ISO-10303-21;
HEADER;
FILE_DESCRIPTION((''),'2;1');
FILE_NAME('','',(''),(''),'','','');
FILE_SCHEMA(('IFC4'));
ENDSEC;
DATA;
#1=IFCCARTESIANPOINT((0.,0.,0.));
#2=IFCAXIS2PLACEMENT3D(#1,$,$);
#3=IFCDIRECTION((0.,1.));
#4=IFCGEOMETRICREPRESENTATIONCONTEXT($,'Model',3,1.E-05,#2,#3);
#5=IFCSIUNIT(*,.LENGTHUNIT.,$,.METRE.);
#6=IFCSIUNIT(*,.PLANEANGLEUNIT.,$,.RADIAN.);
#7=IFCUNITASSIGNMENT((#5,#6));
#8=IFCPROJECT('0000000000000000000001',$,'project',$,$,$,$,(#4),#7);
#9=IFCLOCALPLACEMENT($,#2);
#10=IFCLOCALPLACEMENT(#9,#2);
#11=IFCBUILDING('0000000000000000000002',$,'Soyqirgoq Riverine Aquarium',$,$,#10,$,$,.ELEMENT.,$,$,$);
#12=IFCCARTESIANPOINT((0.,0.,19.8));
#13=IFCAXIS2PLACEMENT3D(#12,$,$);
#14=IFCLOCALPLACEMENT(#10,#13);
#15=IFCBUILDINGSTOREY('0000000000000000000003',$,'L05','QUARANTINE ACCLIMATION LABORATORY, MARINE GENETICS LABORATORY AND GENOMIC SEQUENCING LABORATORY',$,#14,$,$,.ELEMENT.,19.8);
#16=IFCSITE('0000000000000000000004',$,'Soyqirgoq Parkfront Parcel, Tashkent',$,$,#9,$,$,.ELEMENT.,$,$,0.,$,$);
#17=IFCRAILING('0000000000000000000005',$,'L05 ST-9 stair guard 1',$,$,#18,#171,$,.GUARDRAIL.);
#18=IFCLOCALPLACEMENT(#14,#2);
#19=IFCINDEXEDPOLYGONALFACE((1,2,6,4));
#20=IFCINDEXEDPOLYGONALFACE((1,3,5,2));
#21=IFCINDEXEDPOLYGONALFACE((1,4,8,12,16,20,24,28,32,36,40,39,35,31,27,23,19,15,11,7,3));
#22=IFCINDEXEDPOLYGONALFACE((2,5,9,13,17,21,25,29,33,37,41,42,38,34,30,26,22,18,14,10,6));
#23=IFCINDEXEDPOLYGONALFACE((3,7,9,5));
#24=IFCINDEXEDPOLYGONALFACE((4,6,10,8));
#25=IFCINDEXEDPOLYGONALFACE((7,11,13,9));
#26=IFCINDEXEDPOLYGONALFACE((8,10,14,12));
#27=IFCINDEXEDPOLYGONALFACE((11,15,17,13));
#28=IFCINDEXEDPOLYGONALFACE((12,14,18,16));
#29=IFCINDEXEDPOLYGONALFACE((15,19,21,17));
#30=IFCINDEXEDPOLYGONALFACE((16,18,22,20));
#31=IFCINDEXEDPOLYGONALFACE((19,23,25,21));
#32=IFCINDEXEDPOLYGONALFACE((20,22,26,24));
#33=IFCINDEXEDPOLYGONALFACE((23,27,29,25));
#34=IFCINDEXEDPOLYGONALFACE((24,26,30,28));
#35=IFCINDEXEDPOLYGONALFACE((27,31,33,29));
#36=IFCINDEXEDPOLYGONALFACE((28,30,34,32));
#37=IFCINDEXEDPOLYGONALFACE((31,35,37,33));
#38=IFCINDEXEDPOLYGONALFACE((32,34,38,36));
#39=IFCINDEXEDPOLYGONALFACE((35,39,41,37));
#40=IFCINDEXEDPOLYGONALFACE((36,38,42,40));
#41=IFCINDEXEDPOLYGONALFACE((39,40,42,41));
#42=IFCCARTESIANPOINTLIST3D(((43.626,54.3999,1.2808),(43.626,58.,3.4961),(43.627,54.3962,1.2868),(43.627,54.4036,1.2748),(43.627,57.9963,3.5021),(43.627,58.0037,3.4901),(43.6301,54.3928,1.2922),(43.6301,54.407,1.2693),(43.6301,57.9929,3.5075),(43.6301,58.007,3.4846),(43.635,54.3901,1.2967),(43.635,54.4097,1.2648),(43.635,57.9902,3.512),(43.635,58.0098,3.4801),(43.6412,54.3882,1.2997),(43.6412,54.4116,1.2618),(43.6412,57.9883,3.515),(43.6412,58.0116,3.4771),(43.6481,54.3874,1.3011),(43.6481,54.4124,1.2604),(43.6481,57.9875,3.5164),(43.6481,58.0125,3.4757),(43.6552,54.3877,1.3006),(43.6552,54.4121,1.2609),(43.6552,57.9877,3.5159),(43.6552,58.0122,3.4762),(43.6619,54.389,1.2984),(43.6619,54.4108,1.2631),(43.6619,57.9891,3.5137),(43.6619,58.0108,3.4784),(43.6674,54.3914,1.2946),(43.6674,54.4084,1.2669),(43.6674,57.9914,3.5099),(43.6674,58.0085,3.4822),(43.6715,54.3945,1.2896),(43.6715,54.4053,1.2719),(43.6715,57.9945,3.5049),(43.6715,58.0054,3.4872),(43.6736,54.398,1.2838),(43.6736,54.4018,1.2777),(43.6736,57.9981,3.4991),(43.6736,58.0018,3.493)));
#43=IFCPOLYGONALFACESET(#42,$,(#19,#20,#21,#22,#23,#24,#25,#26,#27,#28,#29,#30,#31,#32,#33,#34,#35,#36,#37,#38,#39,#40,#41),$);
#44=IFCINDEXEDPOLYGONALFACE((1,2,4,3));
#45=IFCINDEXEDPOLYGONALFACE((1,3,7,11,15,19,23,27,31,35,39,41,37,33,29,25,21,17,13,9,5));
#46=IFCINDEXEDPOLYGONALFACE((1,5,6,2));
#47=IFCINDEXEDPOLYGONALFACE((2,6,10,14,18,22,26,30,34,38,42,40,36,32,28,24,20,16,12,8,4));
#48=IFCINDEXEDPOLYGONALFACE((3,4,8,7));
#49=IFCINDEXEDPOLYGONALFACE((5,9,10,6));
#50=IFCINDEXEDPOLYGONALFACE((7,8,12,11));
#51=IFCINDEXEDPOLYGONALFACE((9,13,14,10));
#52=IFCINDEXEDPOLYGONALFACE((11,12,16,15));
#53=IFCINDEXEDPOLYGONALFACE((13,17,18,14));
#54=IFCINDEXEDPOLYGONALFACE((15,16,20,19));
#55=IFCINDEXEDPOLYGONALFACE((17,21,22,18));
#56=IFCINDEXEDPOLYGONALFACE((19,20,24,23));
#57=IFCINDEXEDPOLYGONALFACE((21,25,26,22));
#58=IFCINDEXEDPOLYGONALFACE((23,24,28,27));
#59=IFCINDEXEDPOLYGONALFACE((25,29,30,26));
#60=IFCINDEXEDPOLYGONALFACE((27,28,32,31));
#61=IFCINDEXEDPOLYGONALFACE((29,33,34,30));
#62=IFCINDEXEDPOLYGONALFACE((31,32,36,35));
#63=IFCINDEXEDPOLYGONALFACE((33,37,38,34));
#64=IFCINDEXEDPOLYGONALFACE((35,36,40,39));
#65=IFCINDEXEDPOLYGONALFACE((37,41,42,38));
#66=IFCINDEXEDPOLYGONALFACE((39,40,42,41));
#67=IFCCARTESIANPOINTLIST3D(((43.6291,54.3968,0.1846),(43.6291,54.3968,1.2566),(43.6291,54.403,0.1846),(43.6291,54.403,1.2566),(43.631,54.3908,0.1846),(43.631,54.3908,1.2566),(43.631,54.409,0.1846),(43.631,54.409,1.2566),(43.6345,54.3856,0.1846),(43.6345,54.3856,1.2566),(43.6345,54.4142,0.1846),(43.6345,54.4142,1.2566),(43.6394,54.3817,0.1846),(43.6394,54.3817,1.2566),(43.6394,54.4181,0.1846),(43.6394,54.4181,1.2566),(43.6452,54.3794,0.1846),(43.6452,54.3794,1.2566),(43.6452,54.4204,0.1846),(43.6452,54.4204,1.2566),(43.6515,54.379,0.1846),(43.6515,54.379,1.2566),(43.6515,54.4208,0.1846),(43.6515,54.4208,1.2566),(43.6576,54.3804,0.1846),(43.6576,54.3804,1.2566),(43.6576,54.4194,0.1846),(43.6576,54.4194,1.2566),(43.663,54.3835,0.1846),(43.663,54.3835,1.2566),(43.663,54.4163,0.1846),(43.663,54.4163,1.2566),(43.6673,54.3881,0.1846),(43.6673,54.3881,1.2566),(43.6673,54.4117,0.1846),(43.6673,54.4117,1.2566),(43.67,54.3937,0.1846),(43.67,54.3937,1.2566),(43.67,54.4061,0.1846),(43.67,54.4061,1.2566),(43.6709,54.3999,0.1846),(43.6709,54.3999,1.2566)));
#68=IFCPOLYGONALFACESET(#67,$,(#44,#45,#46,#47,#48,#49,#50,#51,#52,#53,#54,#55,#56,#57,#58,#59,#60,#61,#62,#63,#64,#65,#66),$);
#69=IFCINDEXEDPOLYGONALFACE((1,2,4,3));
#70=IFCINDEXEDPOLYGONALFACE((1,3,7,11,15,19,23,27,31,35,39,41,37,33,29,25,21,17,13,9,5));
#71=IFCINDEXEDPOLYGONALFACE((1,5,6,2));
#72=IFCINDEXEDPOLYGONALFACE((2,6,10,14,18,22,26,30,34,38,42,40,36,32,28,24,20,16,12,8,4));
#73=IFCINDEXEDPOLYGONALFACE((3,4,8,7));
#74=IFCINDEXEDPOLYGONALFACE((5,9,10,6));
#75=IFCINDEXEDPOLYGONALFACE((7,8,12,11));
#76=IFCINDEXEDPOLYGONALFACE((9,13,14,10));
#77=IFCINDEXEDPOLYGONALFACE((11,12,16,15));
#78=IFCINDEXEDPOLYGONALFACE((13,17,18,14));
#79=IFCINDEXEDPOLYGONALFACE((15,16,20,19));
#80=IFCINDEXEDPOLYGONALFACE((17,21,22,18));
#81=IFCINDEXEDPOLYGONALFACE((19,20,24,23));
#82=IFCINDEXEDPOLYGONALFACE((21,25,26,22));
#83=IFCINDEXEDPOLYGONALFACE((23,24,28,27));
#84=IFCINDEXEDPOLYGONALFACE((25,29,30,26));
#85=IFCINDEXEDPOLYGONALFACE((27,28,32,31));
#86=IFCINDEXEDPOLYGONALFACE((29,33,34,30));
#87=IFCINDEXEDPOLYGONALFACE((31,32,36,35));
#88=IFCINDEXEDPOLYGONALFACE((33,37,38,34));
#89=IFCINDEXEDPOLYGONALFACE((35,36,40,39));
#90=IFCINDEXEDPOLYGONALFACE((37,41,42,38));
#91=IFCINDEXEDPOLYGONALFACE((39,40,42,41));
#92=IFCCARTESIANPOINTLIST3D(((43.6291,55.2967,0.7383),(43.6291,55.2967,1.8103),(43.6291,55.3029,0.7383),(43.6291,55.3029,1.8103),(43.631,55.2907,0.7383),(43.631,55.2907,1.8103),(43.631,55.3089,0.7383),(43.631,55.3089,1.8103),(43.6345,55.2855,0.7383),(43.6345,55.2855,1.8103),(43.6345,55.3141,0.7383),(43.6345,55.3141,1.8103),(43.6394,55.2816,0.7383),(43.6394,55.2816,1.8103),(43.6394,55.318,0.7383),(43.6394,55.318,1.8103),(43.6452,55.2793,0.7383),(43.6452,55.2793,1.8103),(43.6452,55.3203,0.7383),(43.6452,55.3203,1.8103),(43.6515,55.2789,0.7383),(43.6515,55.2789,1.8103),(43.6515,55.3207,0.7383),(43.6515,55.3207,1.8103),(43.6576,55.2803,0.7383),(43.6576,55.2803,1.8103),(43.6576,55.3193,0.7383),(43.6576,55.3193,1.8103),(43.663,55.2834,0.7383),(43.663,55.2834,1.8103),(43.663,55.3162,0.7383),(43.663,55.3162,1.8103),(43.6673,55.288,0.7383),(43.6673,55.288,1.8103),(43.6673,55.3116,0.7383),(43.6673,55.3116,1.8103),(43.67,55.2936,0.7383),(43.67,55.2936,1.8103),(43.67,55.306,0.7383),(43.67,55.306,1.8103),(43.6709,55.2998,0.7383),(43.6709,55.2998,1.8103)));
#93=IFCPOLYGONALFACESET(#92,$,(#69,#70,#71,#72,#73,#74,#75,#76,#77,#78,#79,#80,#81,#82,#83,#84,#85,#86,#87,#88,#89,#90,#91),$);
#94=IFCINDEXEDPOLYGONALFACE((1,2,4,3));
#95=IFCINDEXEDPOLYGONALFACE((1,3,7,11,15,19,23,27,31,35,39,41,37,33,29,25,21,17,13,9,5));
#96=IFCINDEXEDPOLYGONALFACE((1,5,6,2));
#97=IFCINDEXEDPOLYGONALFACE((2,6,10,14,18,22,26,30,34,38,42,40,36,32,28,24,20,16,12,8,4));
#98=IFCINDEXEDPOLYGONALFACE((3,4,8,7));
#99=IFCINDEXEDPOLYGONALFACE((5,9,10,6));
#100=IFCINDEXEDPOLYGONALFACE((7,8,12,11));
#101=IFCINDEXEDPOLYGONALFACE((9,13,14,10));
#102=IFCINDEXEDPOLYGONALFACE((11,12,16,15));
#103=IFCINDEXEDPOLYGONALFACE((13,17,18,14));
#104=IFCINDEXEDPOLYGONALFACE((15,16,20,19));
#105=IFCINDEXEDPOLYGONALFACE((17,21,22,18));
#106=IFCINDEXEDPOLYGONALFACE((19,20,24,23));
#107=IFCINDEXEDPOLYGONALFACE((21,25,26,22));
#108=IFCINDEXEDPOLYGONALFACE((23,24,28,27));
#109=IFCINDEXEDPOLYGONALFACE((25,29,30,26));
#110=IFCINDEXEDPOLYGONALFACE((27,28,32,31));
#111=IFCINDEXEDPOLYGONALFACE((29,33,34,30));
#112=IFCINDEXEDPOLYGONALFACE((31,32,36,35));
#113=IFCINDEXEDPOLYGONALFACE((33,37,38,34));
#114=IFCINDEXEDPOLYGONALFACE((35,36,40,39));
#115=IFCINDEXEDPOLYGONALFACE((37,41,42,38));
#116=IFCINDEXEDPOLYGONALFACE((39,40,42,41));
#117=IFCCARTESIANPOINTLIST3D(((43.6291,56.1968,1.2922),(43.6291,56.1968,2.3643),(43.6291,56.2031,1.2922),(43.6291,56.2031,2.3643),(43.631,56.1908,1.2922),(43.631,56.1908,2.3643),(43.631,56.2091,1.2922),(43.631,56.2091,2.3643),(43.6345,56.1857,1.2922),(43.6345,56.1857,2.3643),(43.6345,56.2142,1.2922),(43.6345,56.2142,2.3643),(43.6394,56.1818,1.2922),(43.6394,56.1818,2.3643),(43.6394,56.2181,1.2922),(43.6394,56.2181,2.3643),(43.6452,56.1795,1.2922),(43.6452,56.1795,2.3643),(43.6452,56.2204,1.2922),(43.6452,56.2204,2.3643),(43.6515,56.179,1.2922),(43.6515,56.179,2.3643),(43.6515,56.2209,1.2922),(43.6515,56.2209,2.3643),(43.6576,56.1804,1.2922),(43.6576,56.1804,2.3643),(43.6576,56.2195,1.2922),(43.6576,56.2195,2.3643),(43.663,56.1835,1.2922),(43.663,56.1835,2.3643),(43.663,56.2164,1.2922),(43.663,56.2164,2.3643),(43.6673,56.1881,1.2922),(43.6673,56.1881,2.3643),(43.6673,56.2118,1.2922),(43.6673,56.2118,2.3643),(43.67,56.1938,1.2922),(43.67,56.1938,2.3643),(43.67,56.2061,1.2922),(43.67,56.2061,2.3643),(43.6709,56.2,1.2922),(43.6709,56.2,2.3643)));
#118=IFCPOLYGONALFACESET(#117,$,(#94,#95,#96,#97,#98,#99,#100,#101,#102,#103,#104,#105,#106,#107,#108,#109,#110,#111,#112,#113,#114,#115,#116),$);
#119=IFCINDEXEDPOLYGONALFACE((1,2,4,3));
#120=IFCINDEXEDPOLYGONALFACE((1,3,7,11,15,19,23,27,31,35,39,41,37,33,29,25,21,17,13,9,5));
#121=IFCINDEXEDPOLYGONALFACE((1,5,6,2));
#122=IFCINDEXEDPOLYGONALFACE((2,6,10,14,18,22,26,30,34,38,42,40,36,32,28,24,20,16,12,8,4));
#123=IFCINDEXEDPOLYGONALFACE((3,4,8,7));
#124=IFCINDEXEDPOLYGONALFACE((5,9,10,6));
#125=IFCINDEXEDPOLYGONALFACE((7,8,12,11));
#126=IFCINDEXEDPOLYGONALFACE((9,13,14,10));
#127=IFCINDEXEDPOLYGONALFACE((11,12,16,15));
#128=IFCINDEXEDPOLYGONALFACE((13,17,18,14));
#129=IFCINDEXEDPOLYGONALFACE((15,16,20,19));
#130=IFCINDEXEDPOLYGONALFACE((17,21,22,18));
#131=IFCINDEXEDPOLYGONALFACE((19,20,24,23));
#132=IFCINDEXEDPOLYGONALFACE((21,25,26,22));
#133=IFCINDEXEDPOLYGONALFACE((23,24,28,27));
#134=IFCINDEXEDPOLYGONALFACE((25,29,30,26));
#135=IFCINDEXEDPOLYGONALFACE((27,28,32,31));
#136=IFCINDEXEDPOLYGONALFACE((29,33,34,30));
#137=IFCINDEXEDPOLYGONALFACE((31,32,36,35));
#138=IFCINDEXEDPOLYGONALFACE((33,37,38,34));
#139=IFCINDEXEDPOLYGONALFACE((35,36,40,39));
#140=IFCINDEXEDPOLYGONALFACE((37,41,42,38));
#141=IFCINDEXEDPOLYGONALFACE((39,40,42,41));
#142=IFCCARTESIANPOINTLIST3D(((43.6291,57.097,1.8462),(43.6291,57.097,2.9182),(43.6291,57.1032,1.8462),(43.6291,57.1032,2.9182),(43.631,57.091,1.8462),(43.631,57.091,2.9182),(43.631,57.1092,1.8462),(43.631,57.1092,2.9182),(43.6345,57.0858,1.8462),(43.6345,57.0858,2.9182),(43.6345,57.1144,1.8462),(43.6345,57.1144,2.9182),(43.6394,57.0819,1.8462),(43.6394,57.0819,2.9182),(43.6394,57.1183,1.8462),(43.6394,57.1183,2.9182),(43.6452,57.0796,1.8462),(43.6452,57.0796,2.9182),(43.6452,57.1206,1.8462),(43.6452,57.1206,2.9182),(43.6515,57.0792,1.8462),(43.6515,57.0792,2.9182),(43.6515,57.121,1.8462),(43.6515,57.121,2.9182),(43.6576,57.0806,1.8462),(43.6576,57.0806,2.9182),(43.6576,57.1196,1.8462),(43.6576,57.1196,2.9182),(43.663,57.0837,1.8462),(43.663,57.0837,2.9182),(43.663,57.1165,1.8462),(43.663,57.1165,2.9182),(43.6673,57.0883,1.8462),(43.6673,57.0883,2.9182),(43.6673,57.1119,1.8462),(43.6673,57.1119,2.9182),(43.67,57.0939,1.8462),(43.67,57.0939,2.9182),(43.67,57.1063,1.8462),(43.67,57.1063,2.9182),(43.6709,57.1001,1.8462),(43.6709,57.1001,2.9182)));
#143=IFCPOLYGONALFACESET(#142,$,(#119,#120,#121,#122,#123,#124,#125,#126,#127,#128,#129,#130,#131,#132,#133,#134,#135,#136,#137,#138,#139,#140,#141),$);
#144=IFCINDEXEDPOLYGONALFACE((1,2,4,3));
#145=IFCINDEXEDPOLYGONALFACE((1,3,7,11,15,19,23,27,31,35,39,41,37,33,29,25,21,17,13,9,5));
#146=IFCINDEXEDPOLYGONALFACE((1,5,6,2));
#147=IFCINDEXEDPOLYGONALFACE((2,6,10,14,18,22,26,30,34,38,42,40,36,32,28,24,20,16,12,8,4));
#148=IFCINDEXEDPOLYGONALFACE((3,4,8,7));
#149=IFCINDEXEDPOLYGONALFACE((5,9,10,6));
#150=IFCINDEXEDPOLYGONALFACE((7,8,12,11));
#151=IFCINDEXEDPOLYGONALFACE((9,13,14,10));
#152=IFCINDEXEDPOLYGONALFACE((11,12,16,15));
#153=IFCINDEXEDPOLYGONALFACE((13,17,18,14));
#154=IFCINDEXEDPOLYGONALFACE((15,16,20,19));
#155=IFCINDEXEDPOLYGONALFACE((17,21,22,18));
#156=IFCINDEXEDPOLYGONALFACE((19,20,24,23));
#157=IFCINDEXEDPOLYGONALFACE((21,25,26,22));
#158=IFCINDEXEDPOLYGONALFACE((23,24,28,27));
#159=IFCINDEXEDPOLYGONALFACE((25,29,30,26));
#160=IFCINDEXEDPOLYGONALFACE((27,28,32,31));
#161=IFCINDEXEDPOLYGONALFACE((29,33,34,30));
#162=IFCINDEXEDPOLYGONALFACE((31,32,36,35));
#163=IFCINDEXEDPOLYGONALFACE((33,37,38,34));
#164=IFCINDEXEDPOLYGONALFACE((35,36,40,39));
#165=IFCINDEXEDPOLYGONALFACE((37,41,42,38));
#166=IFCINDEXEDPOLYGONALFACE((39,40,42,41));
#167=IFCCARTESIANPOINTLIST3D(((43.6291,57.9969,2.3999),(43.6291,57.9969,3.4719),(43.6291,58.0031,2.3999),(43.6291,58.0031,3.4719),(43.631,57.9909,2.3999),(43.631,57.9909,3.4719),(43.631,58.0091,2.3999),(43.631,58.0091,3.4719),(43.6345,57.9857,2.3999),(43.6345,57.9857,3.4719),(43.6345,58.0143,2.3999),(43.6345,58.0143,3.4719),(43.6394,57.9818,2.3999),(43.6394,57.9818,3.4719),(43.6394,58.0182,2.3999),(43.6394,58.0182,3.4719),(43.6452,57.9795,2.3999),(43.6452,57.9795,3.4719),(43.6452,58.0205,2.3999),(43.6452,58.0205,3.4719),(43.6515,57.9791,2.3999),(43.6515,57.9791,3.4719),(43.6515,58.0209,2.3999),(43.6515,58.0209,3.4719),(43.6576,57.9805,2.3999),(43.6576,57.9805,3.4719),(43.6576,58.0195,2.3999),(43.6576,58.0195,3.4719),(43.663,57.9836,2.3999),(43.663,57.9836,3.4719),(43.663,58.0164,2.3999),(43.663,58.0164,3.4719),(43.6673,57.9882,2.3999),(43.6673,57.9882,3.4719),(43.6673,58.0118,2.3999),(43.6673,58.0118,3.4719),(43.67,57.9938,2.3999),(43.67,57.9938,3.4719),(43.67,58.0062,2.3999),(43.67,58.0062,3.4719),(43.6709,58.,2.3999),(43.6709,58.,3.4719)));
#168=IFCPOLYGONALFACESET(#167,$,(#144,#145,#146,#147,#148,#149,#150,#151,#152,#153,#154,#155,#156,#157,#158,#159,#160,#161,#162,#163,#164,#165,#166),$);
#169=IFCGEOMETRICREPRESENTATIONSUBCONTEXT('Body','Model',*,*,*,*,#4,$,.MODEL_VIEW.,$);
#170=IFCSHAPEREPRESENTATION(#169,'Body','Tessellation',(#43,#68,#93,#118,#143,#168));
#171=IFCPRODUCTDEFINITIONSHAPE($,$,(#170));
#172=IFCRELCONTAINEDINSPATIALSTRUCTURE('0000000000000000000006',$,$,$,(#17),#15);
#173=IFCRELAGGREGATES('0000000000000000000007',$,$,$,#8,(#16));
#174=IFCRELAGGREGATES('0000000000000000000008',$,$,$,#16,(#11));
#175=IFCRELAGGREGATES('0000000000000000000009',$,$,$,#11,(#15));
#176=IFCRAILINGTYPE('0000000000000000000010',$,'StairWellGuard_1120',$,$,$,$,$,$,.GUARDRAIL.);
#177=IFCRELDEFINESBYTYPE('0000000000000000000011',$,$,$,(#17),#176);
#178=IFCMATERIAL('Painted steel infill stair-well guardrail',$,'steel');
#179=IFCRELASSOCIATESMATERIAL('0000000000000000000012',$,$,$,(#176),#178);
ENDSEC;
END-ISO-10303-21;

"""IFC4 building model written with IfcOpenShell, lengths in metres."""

from ifc_helpers import new_model, si_unit, direction, frame, origin, origin_2d, place, context, subcontext, project, spatial, circle, extrude, material, type_object, element, save


model = new_model("IFC4")

# Units and contexts
model_context = context("Model", 3, precision=1e-05, world=origin(), true_north=direction((0.0, 1.0)))
body_context = subcontext(model_context, "Body", "Model", "MODEL_VIEW")
ifc_project = project(units=[si_unit("LENGTHUNIT", "METRE"), si_unit("PLANEANGLEUNIT", "RADIAN")], contexts=[model_context])

# Site, building, storey
site_placement = place(None, origin())
site = spatial("IfcSite", under=ifc_project, at=site_placement, Name="Soyqirgoq Parkfront Parcel, Tashkent", CompositionType="ELEMENT", RefElevation=0.0)
building_placement = place(site_placement, origin())
building = spatial("IfcBuilding", under=site, at=building_placement, Name="Soyqirgoq Riverine Aquarium", CompositionType="ELEMENT")
storey_placement = place(building_placement, frame((0.0, 0.0, 19.8)))
storey = spatial("IfcBuildingStorey", under=building, at=storey_placement, Name="L05", Description="QUARANTINE ACCLIMATION LABORATORY, MARINE GENETICS LABORATORY AND GENOMIC SEQUENCING LABORATORY", CompositionType="ELEMENT", Elevation=19.8)

# Railing
ifc_material_1 = material(Name="Painted steel infill stair-well guardrail", Category="steel")
railing_type_1 = type_object("IfcRailingType", Name="StairWellGuard_1120", PredefinedType="GUARDRAIL", material=ifc_material_1)
railing_1_placement = place(storey_placement, frame((43.6499, 54.3999, 0.1846)))
element("IfcRailing", 1, at=railing_1_placement, inside=storey, type_object=railing_type_1, Name="L05 ST-9 stair guard 1", PredefinedType="GUARDRAIL", context=body_context, shape_type="SweptSolid", body=[
    extrude(circle(Radius=0.0239, at=origin_2d()), frame((0.0, 0.0, 1.0962), z_axis=(0.0, 0.85167, 0.524078), x_axis=(-1.0, 0.0, 0.0)), (0.0, 0.0, 1.0), 4.2271),
    extrude(circle(Radius=0.021, at=origin_2d()), origin(), (0.0, 0.0, 1.0), 1.072),
    extrude(circle(Radius=0.021, at=origin_2d()), frame((0.0, 0.8999, 0.5537)), (0.0, 0.0, 1.0), 1.072),
    extrude(circle(Radius=0.021, at=origin_2d()), frame((0.0, 1.8, 1.1077)), (0.0, 0.0, 1.0), 1.072),
    extrude(circle(Radius=0.021, at=origin_2d()), frame((0.0, 2.7002, 1.6616)), (0.0, 0.0, 1.0), 1.072),
    extrude(circle(Radius=0.021, at=origin_2d()), frame((0.0, 3.6001, 2.2153)), (0.0, 0.0, 1.0), 1.072),
])

save(model, "model.ifc")
